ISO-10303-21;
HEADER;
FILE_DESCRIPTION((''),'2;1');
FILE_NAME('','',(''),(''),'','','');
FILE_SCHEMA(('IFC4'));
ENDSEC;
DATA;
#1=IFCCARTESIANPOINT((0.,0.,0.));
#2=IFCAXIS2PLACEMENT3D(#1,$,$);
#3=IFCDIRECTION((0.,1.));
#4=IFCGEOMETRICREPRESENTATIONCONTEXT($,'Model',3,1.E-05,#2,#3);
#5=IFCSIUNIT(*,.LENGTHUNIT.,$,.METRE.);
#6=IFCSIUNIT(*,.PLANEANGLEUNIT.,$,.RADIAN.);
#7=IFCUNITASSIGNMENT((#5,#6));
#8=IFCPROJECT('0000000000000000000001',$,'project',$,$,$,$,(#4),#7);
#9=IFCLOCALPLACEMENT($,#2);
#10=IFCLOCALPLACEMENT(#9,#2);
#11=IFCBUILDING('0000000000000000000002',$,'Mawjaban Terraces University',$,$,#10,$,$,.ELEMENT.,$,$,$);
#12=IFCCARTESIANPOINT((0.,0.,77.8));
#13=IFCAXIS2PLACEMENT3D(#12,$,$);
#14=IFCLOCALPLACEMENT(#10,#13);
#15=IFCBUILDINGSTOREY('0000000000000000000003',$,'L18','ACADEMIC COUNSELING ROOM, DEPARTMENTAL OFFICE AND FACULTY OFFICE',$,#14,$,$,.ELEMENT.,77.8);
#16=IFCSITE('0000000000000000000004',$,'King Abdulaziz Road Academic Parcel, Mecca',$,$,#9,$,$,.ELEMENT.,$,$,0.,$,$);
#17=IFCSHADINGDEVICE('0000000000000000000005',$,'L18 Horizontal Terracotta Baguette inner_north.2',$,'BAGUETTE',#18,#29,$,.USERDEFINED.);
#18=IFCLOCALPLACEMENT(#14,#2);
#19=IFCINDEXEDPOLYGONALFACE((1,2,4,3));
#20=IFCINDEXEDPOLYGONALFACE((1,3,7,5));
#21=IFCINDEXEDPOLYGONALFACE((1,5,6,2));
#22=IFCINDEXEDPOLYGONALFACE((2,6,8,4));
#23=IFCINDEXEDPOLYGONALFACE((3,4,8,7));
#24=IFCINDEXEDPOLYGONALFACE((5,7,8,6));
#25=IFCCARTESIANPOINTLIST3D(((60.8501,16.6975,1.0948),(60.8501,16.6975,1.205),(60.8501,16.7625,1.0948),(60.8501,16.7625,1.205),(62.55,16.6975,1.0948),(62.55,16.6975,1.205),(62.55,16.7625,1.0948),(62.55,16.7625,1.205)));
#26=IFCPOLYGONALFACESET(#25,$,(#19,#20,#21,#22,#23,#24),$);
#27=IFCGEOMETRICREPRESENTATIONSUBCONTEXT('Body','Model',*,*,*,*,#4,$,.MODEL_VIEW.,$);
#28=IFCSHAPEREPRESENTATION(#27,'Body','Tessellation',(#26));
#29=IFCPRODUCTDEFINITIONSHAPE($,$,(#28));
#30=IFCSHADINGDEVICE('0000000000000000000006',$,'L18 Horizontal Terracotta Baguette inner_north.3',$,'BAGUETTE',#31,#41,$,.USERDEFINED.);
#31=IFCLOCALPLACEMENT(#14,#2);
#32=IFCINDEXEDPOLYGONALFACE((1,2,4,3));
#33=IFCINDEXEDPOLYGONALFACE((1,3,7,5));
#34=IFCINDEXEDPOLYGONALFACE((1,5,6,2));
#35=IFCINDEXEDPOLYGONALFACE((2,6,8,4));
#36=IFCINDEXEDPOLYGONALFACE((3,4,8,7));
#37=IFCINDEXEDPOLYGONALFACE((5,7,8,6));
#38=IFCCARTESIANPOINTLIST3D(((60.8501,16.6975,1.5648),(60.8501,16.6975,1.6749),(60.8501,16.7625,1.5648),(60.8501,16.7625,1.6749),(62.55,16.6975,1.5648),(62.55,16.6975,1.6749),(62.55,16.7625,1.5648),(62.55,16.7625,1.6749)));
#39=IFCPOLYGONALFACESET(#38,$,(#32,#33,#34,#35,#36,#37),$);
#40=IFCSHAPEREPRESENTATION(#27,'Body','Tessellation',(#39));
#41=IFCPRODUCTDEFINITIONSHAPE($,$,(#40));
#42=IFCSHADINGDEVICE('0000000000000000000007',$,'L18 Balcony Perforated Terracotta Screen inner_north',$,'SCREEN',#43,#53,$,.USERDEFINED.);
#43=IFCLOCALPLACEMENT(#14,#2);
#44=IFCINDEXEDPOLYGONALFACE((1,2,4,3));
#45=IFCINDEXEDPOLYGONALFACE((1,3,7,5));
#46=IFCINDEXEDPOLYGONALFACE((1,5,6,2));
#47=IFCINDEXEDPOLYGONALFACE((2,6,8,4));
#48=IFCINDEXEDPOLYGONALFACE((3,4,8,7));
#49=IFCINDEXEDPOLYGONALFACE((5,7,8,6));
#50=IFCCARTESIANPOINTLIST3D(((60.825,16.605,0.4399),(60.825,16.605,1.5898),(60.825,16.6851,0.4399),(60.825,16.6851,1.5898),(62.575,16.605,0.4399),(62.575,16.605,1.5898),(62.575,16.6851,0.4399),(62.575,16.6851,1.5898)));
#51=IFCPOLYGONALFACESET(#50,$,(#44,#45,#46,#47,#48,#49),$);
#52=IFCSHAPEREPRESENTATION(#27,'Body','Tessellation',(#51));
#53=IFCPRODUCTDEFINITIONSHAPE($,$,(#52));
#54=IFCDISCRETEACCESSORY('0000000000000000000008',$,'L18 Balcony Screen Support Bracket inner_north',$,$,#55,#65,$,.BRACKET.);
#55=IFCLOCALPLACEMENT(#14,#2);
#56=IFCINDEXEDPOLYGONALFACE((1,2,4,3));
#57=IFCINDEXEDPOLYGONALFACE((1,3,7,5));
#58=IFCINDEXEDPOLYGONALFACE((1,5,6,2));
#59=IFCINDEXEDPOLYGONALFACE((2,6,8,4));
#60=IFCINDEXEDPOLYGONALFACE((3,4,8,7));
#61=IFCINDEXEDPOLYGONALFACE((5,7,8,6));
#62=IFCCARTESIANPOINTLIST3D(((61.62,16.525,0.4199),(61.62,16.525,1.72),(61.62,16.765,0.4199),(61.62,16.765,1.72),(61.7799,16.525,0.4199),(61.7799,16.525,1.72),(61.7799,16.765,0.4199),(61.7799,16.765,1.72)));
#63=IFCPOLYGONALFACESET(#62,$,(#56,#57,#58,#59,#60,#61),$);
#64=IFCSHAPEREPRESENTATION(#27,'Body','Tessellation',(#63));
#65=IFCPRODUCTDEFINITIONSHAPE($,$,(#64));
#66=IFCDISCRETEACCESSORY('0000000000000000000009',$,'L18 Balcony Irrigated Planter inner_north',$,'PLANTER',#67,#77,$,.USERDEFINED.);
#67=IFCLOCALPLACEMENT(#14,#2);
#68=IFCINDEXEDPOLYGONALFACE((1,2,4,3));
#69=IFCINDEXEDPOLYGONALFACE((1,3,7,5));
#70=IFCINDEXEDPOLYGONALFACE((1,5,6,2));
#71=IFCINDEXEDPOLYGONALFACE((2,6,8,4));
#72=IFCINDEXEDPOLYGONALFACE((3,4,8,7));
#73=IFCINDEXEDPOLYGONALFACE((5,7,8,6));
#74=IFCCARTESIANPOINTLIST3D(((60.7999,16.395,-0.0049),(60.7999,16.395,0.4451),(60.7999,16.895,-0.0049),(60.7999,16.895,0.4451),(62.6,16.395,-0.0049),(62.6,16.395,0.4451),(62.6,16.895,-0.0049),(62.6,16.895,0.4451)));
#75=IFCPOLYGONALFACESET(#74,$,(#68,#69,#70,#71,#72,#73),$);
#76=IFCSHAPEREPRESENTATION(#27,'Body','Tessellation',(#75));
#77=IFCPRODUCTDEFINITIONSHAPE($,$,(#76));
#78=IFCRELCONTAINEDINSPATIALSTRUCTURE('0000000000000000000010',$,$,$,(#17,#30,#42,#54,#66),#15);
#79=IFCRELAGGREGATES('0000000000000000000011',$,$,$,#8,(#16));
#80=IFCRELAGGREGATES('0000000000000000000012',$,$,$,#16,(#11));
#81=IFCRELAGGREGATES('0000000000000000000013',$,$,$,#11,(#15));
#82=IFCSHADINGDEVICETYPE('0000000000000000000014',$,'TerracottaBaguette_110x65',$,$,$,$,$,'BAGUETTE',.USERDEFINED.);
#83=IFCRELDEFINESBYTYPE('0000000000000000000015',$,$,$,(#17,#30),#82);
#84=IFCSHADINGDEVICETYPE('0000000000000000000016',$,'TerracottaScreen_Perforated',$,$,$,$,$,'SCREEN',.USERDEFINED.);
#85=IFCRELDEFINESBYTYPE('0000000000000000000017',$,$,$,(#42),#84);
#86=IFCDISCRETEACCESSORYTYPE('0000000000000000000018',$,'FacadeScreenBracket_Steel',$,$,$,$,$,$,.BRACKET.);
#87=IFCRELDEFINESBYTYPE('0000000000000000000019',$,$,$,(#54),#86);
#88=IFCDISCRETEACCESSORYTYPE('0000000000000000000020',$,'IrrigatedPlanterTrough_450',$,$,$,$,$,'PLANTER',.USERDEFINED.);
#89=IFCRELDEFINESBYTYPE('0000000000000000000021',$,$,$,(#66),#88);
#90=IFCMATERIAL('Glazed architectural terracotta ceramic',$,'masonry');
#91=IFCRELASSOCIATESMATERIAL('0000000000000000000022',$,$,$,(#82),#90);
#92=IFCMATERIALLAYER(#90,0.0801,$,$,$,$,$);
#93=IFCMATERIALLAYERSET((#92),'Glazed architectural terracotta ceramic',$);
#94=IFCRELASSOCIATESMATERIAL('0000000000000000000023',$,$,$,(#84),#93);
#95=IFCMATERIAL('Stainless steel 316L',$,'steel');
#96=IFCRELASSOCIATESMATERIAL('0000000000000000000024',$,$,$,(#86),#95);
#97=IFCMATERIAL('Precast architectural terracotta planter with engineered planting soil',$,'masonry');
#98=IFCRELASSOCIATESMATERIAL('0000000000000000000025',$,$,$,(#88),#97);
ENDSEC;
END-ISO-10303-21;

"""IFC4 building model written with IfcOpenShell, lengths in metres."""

from ifc_helpers import new_model, si_unit, direction, frame, origin, origin_2d, place, context, subcontext, project, spatial, rectangle, extrude, material, layer, layer_set, material_profile, profile_set, type_object, element, save


model = new_model("IFC4")

# Units and contexts
model_context = context("Model", 3, precision=1e-05, world=origin(), true_north=direction((0.0, 1.0)))
body_context = subcontext(model_context, "Body", "Model", "MODEL_VIEW")
ifc_project = project(units=[si_unit("LENGTHUNIT", "METRE"), si_unit("PLANEANGLEUNIT", "RADIAN")], contexts=[model_context])

# Site, building, storey
site_placement = place(None, origin())
site = spatial("IfcSite", under=ifc_project, at=site_placement, Name="King Abdulaziz Road Academic Parcel, Mecca", CompositionType="ELEMENT", RefElevation=0.0)
building_placement = place(site_placement, origin())
building = spatial("IfcBuilding", under=site, at=building_placement, Name="Mawjaban Terraces University", CompositionType="ELEMENT")
storey_placement = place(building_placement, frame((0.0, 0.0, 77.8)))
storey = spatial("IfcBuildingStorey", under=building, at=storey_placement, Name="L18", Description="ACADEMIC COUNSELING ROOM, DEPARTMENTAL OFFICE AND FACULTY OFFICE", CompositionType="ELEMENT", Elevation=77.8)

# Shading devices
ifc_material_1 = material(Name="Glazed architectural terracotta ceramic", Category="masonry")
ifc_material_profile_1 = material_profile(ifc_material_1, rectangle(XDim=0.0649, YDim=0.1101, at=origin_2d()), Name="TBAG110X65")
ifc_profile_set_1 = profile_set([ifc_material_profile_1], Name="Glazed architectural terracotta ceramic")
shading_device_type_1 = type_object("IfcShadingDeviceType", Name="TerracottaBaguette_110x65", ElementType="BAGUETTE", PredefinedType="USERDEFINED", material=ifc_profile_set_1)
for number, where, z_axis, x_axis, name in (
    (1, (60.8501, 16.73, 1.1499), (1.0, 0.0, 0.0), (0.0, 1.0, 0.0), "L18 Horizontal Terracotta Baguette inner_north.2"),
    (2, (60.8501, 16.73, 1.6199), (1.0, 0.0, 0.0), (0.0, 1.0, 0.0), "L18 Horizontal Terracotta Baguette inner_north.3"),
):
    element("IfcShadingDevice", number, at=place(storey_placement, frame(where, z_axis=z_axis, x_axis=x_axis)), inside=storey, type_object=shading_device_type_1, Name=name, ObjectType="BAGUETTE", PredefinedType="USERDEFINED", context=body_context, shape_type="SweptSolid", body=[
        extrude(rectangle(XDim=0.0649, YDim=0.1101, at=origin_2d()), origin(), (0.0, 0.0, 1.0), 1.7),
    ])
ifc_layer_1 = layer(ifc_material_1, 0.0801)
ifc_layer_set_1 = layer_set([ifc_layer_1], Name="Glazed architectural terracotta ceramic")
shading_device_type_2 = type_object("IfcShadingDeviceType", Name="TerracottaScreen_Perforated", ElementType="SCREEN", PredefinedType="USERDEFINED", material=ifc_layer_set_1)
shading_device_placement = place(storey_placement, frame((61.7, 16.645, 0.4399), z_axis=(0.0, 0.0, 1.0), x_axis=(1.0, 0.0, 0.0)))
element("IfcShadingDevice", 3, at=shading_device_placement, inside=storey, type_object=shading_device_type_2, Name="L18 Balcony Perforated Terracotta Screen inner_north", ObjectType="SCREEN", PredefinedType="USERDEFINED", context=body_context, shape_type="SweptSolid", body=[
    extrude(rectangle(XDim=1.75, YDim=0.0801, at=origin_2d()), origin(), (0.0, 0.0, 1.0), 1.1499),
])

# Discrete accessories
ifc_material_2 = material(Name="Stainless steel 316L", Category="steel")
discrete_accessory_type_1 = type_object("IfcDiscreteAccessoryType", Name="FacadeScreenBracket_Steel", PredefinedType="BRACKET", material=ifc_material_2)
discrete_accessory_1_placement = place(storey_placement, frame((61.7, 16.645, 0.4199), z_axis=(0.0, 0.0, 1.0), x_axis=(1.0, 0.0, 0.0)))
element("IfcDiscreteAccessory", 4, at=discrete_accessory_1_placement, inside=storey, type_object=discrete_accessory_type_1, Name="L18 Balcony Screen Support Bracket inner_north", PredefinedType="BRACKET", context=body_context, shape_type="SweptSolid", body=[
    extrude(rectangle(XDim=0.1599, YDim=0.24, at=origin_2d()), origin(), (0.0, 0.0, 1.0), 1.3),
])
ifc_material_3 = material(Name="Precast architectural terracotta planter with engineered planting soil", Category="masonry")
discrete_accessory_type_2 = type_object("IfcDiscreteAccessoryType", Name="IrrigatedPlanterTrough_450", ElementType="PLANTER", PredefinedType="USERDEFINED", material=ifc_material_3)
discrete_accessory_2_placement = place(storey_placement, frame((61.7, 16.645, -0.0049), z_axis=(0.0, 0.0, 1.0), x_axis=(1.0, 0.0, 0.0)))
element("IfcDiscreteAccessory", 5, at=discrete_accessory_2_placement, inside=storey, type_object=discrete_accessory_type_2, Name="L18 Balcony Irrigated Planter inner_north", ObjectType="PLANTER", PredefinedType="USERDEFINED", context=body_context, shape_type="SweptSolid", body=[
    extrude(rectangle(XDim=1.8, YDim=0.5, at=origin_2d()), origin(), (0.0, 0.0, 1.0), 0.45),
])

save(model, "model.ifc")
